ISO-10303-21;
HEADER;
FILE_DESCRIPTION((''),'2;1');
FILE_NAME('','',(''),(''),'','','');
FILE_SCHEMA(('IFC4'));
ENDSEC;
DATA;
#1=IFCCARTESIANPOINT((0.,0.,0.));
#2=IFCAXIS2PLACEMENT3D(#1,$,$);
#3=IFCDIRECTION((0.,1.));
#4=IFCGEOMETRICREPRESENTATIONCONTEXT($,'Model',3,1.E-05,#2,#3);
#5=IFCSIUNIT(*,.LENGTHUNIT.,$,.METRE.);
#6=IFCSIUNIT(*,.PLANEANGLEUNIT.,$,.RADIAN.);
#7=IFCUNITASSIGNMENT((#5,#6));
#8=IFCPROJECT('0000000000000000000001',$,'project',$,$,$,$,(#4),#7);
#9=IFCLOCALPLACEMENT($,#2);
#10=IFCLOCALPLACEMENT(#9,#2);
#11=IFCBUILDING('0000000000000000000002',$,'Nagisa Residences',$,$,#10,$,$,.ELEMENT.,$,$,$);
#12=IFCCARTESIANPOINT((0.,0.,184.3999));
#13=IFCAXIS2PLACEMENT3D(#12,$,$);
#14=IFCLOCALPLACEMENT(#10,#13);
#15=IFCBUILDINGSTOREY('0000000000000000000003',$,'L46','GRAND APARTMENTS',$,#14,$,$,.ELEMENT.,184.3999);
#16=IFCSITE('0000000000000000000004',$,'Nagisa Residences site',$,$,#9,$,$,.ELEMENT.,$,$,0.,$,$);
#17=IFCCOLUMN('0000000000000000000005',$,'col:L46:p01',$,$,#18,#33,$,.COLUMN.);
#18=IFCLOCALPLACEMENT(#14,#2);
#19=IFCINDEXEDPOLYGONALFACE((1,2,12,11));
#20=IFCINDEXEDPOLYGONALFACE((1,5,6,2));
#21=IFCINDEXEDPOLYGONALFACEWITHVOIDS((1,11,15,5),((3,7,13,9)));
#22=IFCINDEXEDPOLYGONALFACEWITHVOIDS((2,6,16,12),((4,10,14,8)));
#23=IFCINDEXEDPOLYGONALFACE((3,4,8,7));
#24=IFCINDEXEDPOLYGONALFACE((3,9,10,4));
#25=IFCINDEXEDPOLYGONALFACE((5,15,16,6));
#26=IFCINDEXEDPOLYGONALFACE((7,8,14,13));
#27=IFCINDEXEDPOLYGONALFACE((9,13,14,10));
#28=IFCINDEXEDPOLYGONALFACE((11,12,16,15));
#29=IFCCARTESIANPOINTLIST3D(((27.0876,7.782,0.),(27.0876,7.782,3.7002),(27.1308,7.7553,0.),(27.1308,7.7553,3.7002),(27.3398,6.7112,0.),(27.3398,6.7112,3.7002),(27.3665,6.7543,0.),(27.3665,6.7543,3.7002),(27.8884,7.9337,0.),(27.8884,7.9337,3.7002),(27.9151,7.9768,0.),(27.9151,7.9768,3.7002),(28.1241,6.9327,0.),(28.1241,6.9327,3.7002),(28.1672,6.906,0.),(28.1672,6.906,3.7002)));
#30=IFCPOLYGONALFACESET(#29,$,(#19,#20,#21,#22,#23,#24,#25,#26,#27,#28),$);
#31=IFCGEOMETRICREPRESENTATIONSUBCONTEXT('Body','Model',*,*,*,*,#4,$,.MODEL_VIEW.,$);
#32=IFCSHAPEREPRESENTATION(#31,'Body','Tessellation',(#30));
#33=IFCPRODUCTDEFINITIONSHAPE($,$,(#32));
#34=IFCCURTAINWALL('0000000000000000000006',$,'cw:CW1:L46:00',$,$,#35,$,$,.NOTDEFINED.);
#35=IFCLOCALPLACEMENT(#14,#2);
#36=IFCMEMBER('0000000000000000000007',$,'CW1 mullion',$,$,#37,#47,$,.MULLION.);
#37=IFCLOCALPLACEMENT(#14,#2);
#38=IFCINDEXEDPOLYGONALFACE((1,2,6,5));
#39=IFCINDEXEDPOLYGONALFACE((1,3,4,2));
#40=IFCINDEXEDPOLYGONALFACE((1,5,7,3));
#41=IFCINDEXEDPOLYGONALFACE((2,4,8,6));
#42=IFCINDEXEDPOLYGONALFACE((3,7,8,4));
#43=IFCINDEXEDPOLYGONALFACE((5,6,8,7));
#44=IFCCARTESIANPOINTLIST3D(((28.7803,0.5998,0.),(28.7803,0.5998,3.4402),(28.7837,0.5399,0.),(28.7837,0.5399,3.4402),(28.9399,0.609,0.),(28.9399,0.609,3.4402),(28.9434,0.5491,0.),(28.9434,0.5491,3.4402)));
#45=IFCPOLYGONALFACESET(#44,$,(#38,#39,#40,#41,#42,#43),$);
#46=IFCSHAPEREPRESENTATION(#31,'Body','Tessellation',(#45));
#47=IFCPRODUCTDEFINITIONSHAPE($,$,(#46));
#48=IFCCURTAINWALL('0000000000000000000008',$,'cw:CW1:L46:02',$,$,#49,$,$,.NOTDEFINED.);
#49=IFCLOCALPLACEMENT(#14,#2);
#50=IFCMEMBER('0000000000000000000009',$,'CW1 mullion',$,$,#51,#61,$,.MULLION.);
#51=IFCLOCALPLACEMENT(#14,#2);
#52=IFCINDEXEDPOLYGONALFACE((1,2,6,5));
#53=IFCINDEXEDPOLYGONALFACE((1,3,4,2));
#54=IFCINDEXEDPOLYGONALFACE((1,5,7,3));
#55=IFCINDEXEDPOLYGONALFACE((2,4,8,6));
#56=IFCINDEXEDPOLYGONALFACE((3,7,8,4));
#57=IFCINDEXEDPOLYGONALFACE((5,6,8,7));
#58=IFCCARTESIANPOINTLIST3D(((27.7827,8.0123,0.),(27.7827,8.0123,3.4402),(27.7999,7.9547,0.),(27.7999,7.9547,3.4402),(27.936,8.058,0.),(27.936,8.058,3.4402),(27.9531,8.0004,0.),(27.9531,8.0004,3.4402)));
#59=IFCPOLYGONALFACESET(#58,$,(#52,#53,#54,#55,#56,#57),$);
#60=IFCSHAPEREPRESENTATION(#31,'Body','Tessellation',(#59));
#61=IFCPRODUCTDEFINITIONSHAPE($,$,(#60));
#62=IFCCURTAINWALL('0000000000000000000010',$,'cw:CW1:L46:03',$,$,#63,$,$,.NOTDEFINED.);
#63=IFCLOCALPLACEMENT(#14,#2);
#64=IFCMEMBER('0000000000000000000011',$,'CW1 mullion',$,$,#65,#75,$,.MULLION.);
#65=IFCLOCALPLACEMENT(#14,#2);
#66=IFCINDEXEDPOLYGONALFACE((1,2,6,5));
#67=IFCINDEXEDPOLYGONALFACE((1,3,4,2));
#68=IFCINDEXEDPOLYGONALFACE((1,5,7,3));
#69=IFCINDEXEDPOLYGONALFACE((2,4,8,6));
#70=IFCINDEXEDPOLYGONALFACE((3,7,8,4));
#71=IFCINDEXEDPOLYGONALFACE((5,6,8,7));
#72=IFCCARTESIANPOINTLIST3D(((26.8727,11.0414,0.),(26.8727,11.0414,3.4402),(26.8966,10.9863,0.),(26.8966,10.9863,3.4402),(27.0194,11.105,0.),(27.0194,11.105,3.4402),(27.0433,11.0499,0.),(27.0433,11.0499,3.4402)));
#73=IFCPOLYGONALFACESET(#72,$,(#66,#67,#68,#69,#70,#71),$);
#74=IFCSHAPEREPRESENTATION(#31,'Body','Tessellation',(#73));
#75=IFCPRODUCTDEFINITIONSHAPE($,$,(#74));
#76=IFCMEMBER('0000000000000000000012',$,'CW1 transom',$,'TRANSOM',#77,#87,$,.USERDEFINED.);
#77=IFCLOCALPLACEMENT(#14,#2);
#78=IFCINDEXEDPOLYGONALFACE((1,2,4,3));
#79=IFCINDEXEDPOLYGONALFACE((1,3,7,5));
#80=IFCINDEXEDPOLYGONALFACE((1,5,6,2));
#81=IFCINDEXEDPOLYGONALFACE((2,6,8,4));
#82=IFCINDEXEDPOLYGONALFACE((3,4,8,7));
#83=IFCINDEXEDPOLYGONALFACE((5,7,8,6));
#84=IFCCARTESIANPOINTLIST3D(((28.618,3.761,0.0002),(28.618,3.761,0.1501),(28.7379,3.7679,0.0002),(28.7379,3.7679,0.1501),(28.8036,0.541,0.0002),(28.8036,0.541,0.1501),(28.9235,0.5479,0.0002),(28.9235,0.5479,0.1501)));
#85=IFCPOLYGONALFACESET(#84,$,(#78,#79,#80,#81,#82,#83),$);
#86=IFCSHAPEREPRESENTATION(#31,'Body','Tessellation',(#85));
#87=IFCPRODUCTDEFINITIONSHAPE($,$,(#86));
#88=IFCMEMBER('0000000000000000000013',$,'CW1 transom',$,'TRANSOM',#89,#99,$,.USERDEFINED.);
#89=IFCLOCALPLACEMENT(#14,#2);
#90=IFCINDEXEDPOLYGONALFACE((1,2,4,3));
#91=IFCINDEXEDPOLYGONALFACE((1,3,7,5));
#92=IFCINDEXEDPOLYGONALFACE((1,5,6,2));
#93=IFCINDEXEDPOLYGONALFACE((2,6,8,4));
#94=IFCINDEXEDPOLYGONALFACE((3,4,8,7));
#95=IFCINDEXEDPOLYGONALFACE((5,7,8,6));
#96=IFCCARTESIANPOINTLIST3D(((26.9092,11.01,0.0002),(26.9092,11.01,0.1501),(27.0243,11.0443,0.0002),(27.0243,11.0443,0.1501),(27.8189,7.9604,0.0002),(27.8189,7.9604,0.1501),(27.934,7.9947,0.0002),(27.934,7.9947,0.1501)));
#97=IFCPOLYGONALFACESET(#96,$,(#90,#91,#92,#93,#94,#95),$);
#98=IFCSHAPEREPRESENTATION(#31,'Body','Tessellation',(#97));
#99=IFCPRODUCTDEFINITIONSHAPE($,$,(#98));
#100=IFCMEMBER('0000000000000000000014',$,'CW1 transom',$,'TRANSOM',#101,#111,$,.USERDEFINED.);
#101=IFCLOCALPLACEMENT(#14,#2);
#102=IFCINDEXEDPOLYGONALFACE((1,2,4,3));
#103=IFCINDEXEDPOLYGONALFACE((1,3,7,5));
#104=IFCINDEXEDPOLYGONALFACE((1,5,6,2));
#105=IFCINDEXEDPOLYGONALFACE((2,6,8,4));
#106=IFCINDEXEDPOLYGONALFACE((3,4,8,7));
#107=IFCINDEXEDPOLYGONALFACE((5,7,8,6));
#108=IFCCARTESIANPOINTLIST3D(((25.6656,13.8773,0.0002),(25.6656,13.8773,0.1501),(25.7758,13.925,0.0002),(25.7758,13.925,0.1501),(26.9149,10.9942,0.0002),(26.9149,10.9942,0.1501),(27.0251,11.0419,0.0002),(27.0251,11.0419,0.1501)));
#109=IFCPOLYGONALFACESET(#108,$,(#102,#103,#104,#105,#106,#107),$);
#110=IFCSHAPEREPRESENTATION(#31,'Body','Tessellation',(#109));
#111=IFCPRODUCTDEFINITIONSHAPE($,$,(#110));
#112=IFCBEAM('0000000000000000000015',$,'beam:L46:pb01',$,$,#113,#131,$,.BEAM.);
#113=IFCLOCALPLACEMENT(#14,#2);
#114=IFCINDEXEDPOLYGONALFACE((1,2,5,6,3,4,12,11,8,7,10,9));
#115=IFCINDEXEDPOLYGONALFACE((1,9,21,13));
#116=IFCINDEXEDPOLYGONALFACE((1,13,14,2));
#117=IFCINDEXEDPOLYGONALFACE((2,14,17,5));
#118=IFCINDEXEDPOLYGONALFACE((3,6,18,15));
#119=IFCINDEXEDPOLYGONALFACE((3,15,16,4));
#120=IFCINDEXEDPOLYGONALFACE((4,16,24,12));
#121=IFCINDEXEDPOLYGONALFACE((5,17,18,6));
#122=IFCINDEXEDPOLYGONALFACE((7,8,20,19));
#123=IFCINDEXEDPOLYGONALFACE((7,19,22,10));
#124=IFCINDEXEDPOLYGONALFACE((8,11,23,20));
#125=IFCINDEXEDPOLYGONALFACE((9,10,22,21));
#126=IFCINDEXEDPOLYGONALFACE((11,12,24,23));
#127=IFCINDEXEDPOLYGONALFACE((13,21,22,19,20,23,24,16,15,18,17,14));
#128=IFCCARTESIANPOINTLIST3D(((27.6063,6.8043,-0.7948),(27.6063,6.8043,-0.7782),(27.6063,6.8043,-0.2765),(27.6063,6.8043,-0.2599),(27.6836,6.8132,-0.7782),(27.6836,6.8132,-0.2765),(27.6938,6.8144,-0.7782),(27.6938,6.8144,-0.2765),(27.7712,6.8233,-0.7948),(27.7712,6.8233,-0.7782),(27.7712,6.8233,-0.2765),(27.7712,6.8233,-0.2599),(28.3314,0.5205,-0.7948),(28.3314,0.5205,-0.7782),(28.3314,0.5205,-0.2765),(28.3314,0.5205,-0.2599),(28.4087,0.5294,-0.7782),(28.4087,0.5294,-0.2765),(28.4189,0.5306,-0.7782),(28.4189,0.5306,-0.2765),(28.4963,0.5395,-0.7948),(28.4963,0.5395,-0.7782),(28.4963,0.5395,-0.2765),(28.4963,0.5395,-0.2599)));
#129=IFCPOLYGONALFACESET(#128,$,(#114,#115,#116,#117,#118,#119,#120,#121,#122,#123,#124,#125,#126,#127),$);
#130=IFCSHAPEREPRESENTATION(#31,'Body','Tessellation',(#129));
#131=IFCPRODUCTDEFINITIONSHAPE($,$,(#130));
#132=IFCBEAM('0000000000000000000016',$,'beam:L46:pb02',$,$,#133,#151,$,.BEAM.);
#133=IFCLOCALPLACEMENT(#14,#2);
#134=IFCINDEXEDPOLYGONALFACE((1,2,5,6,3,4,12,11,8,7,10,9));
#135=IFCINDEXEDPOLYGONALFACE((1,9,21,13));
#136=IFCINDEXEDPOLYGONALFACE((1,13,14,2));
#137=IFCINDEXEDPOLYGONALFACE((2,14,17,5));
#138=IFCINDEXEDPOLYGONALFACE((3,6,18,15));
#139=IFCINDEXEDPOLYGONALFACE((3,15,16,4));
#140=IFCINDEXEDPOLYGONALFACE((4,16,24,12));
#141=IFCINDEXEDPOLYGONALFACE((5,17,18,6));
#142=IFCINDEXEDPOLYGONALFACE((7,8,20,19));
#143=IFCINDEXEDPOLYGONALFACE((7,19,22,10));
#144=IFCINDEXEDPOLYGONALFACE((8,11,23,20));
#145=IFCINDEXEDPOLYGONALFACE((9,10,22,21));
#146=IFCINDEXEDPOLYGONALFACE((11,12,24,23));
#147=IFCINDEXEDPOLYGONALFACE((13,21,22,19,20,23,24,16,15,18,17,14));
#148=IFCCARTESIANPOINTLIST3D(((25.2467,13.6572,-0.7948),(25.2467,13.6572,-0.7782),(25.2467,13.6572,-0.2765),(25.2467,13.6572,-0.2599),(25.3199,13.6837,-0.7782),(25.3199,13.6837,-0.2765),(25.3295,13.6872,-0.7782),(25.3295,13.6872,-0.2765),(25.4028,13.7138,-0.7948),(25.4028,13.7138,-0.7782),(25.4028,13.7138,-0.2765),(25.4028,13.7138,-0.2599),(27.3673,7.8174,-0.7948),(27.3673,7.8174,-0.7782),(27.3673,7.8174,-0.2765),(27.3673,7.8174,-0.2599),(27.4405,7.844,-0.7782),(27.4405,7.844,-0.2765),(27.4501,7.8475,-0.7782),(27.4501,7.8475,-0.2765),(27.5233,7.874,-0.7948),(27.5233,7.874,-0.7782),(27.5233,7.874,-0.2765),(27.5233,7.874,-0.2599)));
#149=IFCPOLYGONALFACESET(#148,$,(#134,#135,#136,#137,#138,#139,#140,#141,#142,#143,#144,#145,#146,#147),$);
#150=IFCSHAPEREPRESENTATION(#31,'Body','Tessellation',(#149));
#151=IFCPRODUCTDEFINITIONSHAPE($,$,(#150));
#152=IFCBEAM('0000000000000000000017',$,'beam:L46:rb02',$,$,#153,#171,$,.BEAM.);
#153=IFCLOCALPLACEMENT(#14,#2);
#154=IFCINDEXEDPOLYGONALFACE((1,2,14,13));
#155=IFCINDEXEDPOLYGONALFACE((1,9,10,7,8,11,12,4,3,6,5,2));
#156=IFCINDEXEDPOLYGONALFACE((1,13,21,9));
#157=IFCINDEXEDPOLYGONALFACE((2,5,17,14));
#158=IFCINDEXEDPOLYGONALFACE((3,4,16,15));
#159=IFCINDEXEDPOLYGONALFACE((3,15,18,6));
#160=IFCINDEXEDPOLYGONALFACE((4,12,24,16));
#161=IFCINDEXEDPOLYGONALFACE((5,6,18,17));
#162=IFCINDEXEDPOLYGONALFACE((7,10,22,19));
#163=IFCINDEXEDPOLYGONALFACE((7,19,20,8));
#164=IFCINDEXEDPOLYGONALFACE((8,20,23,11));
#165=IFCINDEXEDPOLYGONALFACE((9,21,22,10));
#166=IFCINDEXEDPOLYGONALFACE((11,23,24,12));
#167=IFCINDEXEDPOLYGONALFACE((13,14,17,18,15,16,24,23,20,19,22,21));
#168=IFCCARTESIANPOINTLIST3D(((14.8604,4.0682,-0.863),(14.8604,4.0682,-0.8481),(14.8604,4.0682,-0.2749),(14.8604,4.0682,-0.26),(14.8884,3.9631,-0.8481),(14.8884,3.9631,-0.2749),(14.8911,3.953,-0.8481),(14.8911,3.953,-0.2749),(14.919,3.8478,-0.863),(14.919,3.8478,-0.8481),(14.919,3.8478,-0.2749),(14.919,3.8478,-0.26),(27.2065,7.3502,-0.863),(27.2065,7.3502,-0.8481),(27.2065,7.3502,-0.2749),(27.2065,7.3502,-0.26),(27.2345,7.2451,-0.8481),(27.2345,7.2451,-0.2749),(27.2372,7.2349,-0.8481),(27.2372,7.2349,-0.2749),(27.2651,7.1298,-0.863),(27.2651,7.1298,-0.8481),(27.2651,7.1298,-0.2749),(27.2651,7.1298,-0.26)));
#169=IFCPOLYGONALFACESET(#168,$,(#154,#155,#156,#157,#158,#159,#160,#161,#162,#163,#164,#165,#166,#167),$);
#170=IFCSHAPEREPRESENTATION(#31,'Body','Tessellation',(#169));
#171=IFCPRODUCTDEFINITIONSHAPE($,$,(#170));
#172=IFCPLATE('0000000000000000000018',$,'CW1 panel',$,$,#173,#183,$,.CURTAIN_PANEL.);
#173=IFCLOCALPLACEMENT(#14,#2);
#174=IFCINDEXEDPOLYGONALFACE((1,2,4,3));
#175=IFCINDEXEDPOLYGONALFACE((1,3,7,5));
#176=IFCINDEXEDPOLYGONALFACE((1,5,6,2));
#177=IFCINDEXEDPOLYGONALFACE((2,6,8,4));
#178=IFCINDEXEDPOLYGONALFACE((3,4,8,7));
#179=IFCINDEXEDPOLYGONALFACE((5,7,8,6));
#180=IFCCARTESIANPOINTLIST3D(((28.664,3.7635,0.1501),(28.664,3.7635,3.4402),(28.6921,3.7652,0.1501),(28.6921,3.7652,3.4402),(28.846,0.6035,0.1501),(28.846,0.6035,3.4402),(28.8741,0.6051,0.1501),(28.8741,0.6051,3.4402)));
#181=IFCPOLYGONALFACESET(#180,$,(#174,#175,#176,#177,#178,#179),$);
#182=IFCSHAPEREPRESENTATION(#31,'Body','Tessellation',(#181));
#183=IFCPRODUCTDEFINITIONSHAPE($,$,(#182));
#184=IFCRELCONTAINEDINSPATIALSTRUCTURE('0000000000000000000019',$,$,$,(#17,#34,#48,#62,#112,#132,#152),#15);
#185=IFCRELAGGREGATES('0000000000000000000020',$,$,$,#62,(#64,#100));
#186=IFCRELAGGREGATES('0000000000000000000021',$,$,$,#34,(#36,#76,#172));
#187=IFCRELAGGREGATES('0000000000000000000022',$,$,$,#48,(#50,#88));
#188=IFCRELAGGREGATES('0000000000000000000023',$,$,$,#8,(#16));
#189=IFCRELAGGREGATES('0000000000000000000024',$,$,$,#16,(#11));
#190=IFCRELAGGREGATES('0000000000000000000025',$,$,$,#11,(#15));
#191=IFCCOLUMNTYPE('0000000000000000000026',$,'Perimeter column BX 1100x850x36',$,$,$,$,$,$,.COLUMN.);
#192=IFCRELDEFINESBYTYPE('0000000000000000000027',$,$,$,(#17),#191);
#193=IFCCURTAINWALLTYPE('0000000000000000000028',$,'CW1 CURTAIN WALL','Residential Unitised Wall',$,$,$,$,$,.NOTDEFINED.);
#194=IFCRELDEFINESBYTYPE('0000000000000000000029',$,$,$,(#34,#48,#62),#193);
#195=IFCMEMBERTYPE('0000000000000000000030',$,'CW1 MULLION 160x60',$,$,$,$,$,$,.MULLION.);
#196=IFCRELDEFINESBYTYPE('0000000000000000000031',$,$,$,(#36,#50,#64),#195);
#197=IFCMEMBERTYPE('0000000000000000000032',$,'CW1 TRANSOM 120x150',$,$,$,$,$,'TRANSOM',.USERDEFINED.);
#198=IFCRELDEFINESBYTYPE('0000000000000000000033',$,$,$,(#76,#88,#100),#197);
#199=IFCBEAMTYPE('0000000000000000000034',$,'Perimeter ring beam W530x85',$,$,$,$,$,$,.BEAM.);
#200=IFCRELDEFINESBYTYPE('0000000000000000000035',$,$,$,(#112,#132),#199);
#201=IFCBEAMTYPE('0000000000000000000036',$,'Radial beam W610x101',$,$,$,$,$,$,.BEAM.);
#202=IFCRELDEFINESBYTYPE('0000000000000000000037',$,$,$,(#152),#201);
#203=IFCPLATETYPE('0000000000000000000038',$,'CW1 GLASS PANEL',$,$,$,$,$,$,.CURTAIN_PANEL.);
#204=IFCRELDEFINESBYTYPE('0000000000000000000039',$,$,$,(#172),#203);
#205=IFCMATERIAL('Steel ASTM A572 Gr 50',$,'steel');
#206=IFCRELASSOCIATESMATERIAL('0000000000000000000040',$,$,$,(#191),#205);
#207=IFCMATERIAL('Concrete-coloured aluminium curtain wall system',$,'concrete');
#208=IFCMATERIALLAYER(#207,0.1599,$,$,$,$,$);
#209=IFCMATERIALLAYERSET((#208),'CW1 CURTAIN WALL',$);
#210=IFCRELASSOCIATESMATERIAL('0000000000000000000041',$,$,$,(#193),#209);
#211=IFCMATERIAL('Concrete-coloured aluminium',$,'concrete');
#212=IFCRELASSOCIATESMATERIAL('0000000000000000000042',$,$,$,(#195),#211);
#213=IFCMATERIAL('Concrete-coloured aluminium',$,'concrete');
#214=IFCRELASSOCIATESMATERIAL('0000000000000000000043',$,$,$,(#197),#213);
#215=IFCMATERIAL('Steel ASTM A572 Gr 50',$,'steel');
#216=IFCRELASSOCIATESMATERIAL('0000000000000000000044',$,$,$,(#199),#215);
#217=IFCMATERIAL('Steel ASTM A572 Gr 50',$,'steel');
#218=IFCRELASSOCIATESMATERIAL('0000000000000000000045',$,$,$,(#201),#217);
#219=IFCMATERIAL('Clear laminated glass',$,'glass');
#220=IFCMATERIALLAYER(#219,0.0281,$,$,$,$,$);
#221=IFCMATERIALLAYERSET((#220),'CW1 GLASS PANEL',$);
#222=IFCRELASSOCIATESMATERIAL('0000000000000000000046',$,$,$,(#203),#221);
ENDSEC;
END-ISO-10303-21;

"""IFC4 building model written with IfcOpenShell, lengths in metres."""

from ifc_helpers import new_model, si_unit, direction, frame, origin, origin_2d, place, context, subcontext, project, spatial, rectangle, hollow_rectangle, i_section, extrude, material, layer, layer_set, material_profile, profile_set, type_object, element, aggregate, save


model = new_model("IFC4")

# Units and contexts
model_context = context("Model", 3, precision=1e-05, world=origin(), true_north=direction((0.0, 1.0)))
body_context = subcontext(model_context, "Body", "Model", "MODEL_VIEW")
ifc_project = project(units=[si_unit("LENGTHUNIT", "METRE"), si_unit("PLANEANGLEUNIT", "RADIAN")], contexts=[model_context])

# Site, building, storey
site_placement = place(None, origin())
site = spatial("IfcSite", under=ifc_project, at=site_placement, Name="Nagisa Residences site", CompositionType="ELEMENT", RefElevation=0.0)
building_placement = place(site_placement, origin())
building = spatial("IfcBuilding", under=site, at=building_placement, Name="Nagisa Residences", CompositionType="ELEMENT")
storey_placement = place(building_placement, frame((0.0, 0.0, 184.3999)))
storey = spatial("IfcBuildingStorey", under=building, at=storey_placement, Name="L46", Description="GRAND APARTMENTS", CompositionType="ELEMENT", Elevation=184.3999)

# Column
ifc_material_1 = material(Name="Steel ASTM A572 Gr 50", Category="steel")
ifc_material_profile_1 = material_profile(ifc_material_1, hollow_rectangle(XDim=1.1001, YDim=0.8501, WallThickness=0.0359, at=origin_2d()), Name="BX 1100x850x36")
ifc_profile_set_1 = profile_set([ifc_material_profile_1], Name="Steel ASTM A572 Gr 50")
column_type = type_object("IfcColumnType", Name="Perimeter column BX 1100x850x36", PredefinedType="COLUMN", material=ifc_profile_set_1)
column_placement = place(storey_placement, frame((27.6274, 7.344, 0.0), z_axis=(0.0, 0.0, 1.0), x_axis=(-0.229202, 0.973379, 0.0)))
element("IfcColumn", 1, at=column_placement, inside=storey, type_object=column_type, Name="col:L46:p01", PredefinedType="COLUMN", context=body_context, shape_type="SweptSolid", body=[
    extrude(hollow_rectangle(XDim=1.1001, YDim=0.8501, WallThickness=0.0359, at=origin_2d()), origin(), (0.0, 0.0, 1.0), 3.7002),
])

# Curtain walls, members
ifc_material_2 = material(Name="Concrete-coloured aluminium curtain wall system", Category="concrete")
ifc_layer_1 = layer(ifc_material_2, 0.1599)
ifc_layer_set_1 = layer_set([ifc_layer_1], Name="CW1 CURTAIN WALL")
curtain_wall_type = type_object("IfcCurtainWallType", Name="CW1 CURTAIN WALL", Description="Residential Unitised Wall", PredefinedType="NOTDEFINED", material=ifc_layer_set_1)
curtain_wall_1_placement = place(storey_placement, origin())
curtain_wall_1 = element("IfcCurtainWall", 2, at=curtain_wall_1_placement, inside=storey, type_object=curtain_wall_type, Name="cw:CW1:L46:00", PredefinedType="NOTDEFINED")
ifc_material_3 = material(Name="Concrete-coloured aluminium", Category="concrete")
ifc_material_profile_2 = material_profile(ifc_material_3, rectangle(XDim=0.1599, YDim=0.0601, at=origin_2d()), Name="CW1 MULLION 160x60")
ifc_profile_set_2 = profile_set([ifc_material_profile_2], Name="Concrete-coloured aluminium")
member_type_1 = type_object("IfcMemberType", Name="CW1 MULLION 160x60", PredefinedType="MULLION", material=ifc_profile_set_2)
member_1_placement = place(storey_placement, frame((28.8618, 0.5745, 0.0), z_axis=(0.0, 0.0, 1.0), x_axis=(-0.998345, -0.057503, 0.0)))
member_1 = element("IfcMember", 3, at=member_1_placement, type_object=member_type_1, Name="CW1 mullion", PredefinedType="MULLION", context=body_context, shape_type="SweptSolid", body=[
    extrude(rectangle(XDim=0.1599, YDim=0.0601, at=origin_2d()), origin(), (0.0, 0.0, 1.0), 3.4402),
])
curtain_wall_2_placement = place(storey_placement, origin())
curtain_wall_2 = element("IfcCurtainWall", 4, at=curtain_wall_2_placement, inside=storey, type_object=curtain_wall_type, Name="cw:CW1:L46:02", PredefinedType="NOTDEFINED")
member_2_placement = place(storey_placement, frame((27.8679, 8.0063, 0.0), z_axis=(0.0, 0.0, 1.0), x_axis=(-0.958271, -0.28586, 0.0)))
member_2 = element("IfcMember", 5, at=member_2_placement, type_object=member_type_1, Name="CW1 mullion", PredefinedType="MULLION", context=body_context, shape_type="SweptSolid", body=[
    extrude(rectangle(XDim=0.1599, YDim=0.0601, at=origin_2d()), origin(), (0.0, 0.0, 1.0), 3.4402),
])
curtain_wall_3_placement = place(storey_placement, origin())
curtain_wall_3 = element("IfcCurtainWall", 6, at=curtain_wall_3_placement, inside=storey, type_object=curtain_wall_type, Name="cw:CW1:L46:03", PredefinedType="NOTDEFINED")
member_3_placement = place(storey_placement, frame((26.958, 11.0457, 0.0), z_axis=(0.0, 0.0, 1.0), x_axis=(-0.917543, -0.397636, 0.0)))
member_3 = element("IfcMember", 7, at=member_3_placement, type_object=member_type_1, Name="CW1 mullion", PredefinedType="MULLION", context=body_context, shape_type="SweptSolid", body=[
    extrude(rectangle(XDim=0.1599, YDim=0.0601, at=origin_2d()), origin(), (0.0, 0.0, 1.0), 3.4402),
])

# Members
ifc_material_4 = material(Name="Concrete-coloured aluminium", Category="concrete")
ifc_material_profile_3 = material_profile(ifc_material_4, rectangle(XDim=0.1201, YDim=0.1499, at=origin_2d()), Name="CW1 TRANSOM 120x150")
ifc_profile_set_3 = profile_set([ifc_material_profile_3], Name="Concrete-coloured aluminium")
member_type_2 = type_object("IfcMemberType", Name="CW1 TRANSOM 120x150", ElementType="TRANSOM", PredefinedType="USERDEFINED", material=ifc_profile_set_3)
member_4_placement = place(storey_placement, frame((28.8635, 0.5444, 0.0752), z_axis=(-0.057528, 0.998344, 0.0), x_axis=(-0.998344, -0.057528, 0.0)))
member_4 = element("IfcMember", 8, at=member_4_placement, type_object=member_type_2, Name="CW1 transom", ObjectType="TRANSOM", PredefinedType="USERDEFINED", context=body_context, shape_type="SweptSolid", body=[
    extrude(rectangle(XDim=0.1201, YDim=0.1499, at=origin_2d()), origin(), (0.0, 0.0, 1.0), 3.2253),
])
member_5_placement = place(storey_placement, frame((27.8765, 7.9775, 0.0752), z_axis=(-0.285848, 0.958275, 0.0), x_axis=(-0.958275, -0.285848, 0.0)))
member_5 = element("IfcMember", 9, at=member_5_placement, type_object=member_type_2, Name="CW1 transom", ObjectType="TRANSOM", PredefinedType="USERDEFINED", context=body_context, shape_type="SweptSolid", body=[
    extrude(rectangle(XDim=0.1201, YDim=0.1499, at=origin_2d()), origin(), (0.0, 0.0, 1.0), 3.1824),
])
member_6_placement = place(storey_placement, frame((26.97, 11.0181, 0.0752), z_axis=(-0.397592, 0.917562, 0.0), x_axis=(-0.917562, -0.397592, 0.0)))
member_6 = element("IfcMember", 10, at=member_6_placement, type_object=member_type_2, Name="CW1 transom", ObjectType="TRANSOM", PredefinedType="USERDEFINED", context=body_context, shape_type="SweptSolid", body=[
    extrude(rectangle(XDim=0.1201, YDim=0.1499, at=origin_2d()), origin(), (0.0, 0.0, 1.0), 3.1421),
])
aggregate(curtain_wall_3, [member_3, member_6])

# Beams
ifc_material_5 = material(Name="Steel ASTM A572 Gr 50", Category="steel")
ifc_material_profile_4 = material_profile(ifc_material_5, i_section(OverallWidth=0.166, OverallDepth=0.5349, WebThickness=0.0103, FlangeThickness=0.0166, at=origin_2d()), Name="W530x85")
ifc_profile_set_4 = profile_set([ifc_material_profile_4], Name="Steel ASTM A572 Gr 50")
beam_type_1 = type_object("IfcBeamType", Name="Perimeter ring beam W530x85", PredefinedType="BEAM", material=ifc_profile_set_4)
beam_1_placement = place(storey_placement, frame((28.4138, 0.53, -0.5273), z_axis=(-0.114633, 0.993408, 0.0), x_axis=(-0.993408, -0.114633, 0.0)))
element("IfcBeam", 11, at=beam_1_placement, inside=storey, type_object=beam_type_1, Name="beam:L46:pb01", PredefinedType="BEAM", context=body_context, shape_type="SweptSolid", body=[
    extrude(i_section(OverallWidth=0.166, OverallDepth=0.5349, WebThickness=0.0103, FlangeThickness=0.0166, at=origin_2d()), origin(), (0.0, 0.0, 1.0), 6.3254),
])
beam_2_placement = place(storey_placement, frame((27.4453, 7.8457, -0.5273), z_axis=(-0.34132, 0.939947, 0.0), x_axis=(-0.939947, -0.34132, 0.0)))
element("IfcBeam", 12, at=beam_2_placement, inside=storey, type_object=beam_type_1, Name="beam:L46:pb02", PredefinedType="BEAM", context=body_context, shape_type="SweptSolid", body=[
    extrude(i_section(OverallWidth=0.166, OverallDepth=0.5349, WebThickness=0.0103, FlangeThickness=0.0166, at=origin_2d()), origin(), (0.0, 0.0, 1.0), 6.2129),
])
ifc_material_6 = material(Name="Steel ASTM A572 Gr 50", Category="steel")
ifc_material_profile_5 = material_profile(ifc_material_6, i_section(OverallWidth=0.228, OverallDepth=0.603, WebThickness=0.0105, FlangeThickness=0.0149, at=origin_2d()), Name="W610x101")
ifc_profile_set_5 = profile_set([ifc_material_profile_5], Name="Steel ASTM A572 Gr 50")
beam_type_2 = type_object("IfcBeamType", Name="Radial beam W610x101", PredefinedType="BEAM", material=ifc_profile_set_5)
beam_3_placement = place(storey_placement, frame((27.2358, 7.24, -0.5615), z_axis=(-0.966436, -0.256907, 0.0), x_axis=(0.256907, -0.966436, 0.0)))
element("IfcBeam", 13, at=beam_3_placement, inside=storey, type_object=beam_type_2, Name="beam:L46:rb02", PredefinedType="BEAM", context=body_context, shape_type="SweptSolid", body=[
    extrude(i_section(OverallWidth=0.228, OverallDepth=0.603, WebThickness=0.0105, FlangeThickness=0.0149, at=origin_2d()), origin(), (0.0, 0.0, 1.0), 12.7749),
])

# Plate
ifc_material_7 = material(Name="Clear laminated glass", Category="glass")
ifc_layer_2 = layer(ifc_material_7, 0.0281)
ifc_layer_set_2 = layer_set([ifc_layer_2], Name="CW1 GLASS PANEL")
plate_type = type_object("IfcPlateType", Name="CW1 GLASS PANEL", PredefinedType="CURTAIN_PANEL", material=ifc_layer_set_2)
plate_1_placement = place(storey_placement, frame((28.769, 2.1843, 0.1501), z_axis=(0.0, 0.0, 1.0), x_axis=(-0.057503, 0.998345, 0.0)))
plate_1 = element("IfcPlate", 14, at=plate_1_placement, type_object=plate_type, Name="CW1 panel", PredefinedType="CURTAIN_PANEL", context=body_context, shape_type="SweptSolid", body=[
    extrude(rectangle(XDim=3.1653, YDim=0.0281, at=origin_2d()), origin(), (0.0, 0.0, 1.0), 3.29),
])
aggregate(curtain_wall_1, [member_1, member_4, plate_1])
aggregate(curtain_wall_2, [member_2, member_5])

save(model, "model.ifc")
